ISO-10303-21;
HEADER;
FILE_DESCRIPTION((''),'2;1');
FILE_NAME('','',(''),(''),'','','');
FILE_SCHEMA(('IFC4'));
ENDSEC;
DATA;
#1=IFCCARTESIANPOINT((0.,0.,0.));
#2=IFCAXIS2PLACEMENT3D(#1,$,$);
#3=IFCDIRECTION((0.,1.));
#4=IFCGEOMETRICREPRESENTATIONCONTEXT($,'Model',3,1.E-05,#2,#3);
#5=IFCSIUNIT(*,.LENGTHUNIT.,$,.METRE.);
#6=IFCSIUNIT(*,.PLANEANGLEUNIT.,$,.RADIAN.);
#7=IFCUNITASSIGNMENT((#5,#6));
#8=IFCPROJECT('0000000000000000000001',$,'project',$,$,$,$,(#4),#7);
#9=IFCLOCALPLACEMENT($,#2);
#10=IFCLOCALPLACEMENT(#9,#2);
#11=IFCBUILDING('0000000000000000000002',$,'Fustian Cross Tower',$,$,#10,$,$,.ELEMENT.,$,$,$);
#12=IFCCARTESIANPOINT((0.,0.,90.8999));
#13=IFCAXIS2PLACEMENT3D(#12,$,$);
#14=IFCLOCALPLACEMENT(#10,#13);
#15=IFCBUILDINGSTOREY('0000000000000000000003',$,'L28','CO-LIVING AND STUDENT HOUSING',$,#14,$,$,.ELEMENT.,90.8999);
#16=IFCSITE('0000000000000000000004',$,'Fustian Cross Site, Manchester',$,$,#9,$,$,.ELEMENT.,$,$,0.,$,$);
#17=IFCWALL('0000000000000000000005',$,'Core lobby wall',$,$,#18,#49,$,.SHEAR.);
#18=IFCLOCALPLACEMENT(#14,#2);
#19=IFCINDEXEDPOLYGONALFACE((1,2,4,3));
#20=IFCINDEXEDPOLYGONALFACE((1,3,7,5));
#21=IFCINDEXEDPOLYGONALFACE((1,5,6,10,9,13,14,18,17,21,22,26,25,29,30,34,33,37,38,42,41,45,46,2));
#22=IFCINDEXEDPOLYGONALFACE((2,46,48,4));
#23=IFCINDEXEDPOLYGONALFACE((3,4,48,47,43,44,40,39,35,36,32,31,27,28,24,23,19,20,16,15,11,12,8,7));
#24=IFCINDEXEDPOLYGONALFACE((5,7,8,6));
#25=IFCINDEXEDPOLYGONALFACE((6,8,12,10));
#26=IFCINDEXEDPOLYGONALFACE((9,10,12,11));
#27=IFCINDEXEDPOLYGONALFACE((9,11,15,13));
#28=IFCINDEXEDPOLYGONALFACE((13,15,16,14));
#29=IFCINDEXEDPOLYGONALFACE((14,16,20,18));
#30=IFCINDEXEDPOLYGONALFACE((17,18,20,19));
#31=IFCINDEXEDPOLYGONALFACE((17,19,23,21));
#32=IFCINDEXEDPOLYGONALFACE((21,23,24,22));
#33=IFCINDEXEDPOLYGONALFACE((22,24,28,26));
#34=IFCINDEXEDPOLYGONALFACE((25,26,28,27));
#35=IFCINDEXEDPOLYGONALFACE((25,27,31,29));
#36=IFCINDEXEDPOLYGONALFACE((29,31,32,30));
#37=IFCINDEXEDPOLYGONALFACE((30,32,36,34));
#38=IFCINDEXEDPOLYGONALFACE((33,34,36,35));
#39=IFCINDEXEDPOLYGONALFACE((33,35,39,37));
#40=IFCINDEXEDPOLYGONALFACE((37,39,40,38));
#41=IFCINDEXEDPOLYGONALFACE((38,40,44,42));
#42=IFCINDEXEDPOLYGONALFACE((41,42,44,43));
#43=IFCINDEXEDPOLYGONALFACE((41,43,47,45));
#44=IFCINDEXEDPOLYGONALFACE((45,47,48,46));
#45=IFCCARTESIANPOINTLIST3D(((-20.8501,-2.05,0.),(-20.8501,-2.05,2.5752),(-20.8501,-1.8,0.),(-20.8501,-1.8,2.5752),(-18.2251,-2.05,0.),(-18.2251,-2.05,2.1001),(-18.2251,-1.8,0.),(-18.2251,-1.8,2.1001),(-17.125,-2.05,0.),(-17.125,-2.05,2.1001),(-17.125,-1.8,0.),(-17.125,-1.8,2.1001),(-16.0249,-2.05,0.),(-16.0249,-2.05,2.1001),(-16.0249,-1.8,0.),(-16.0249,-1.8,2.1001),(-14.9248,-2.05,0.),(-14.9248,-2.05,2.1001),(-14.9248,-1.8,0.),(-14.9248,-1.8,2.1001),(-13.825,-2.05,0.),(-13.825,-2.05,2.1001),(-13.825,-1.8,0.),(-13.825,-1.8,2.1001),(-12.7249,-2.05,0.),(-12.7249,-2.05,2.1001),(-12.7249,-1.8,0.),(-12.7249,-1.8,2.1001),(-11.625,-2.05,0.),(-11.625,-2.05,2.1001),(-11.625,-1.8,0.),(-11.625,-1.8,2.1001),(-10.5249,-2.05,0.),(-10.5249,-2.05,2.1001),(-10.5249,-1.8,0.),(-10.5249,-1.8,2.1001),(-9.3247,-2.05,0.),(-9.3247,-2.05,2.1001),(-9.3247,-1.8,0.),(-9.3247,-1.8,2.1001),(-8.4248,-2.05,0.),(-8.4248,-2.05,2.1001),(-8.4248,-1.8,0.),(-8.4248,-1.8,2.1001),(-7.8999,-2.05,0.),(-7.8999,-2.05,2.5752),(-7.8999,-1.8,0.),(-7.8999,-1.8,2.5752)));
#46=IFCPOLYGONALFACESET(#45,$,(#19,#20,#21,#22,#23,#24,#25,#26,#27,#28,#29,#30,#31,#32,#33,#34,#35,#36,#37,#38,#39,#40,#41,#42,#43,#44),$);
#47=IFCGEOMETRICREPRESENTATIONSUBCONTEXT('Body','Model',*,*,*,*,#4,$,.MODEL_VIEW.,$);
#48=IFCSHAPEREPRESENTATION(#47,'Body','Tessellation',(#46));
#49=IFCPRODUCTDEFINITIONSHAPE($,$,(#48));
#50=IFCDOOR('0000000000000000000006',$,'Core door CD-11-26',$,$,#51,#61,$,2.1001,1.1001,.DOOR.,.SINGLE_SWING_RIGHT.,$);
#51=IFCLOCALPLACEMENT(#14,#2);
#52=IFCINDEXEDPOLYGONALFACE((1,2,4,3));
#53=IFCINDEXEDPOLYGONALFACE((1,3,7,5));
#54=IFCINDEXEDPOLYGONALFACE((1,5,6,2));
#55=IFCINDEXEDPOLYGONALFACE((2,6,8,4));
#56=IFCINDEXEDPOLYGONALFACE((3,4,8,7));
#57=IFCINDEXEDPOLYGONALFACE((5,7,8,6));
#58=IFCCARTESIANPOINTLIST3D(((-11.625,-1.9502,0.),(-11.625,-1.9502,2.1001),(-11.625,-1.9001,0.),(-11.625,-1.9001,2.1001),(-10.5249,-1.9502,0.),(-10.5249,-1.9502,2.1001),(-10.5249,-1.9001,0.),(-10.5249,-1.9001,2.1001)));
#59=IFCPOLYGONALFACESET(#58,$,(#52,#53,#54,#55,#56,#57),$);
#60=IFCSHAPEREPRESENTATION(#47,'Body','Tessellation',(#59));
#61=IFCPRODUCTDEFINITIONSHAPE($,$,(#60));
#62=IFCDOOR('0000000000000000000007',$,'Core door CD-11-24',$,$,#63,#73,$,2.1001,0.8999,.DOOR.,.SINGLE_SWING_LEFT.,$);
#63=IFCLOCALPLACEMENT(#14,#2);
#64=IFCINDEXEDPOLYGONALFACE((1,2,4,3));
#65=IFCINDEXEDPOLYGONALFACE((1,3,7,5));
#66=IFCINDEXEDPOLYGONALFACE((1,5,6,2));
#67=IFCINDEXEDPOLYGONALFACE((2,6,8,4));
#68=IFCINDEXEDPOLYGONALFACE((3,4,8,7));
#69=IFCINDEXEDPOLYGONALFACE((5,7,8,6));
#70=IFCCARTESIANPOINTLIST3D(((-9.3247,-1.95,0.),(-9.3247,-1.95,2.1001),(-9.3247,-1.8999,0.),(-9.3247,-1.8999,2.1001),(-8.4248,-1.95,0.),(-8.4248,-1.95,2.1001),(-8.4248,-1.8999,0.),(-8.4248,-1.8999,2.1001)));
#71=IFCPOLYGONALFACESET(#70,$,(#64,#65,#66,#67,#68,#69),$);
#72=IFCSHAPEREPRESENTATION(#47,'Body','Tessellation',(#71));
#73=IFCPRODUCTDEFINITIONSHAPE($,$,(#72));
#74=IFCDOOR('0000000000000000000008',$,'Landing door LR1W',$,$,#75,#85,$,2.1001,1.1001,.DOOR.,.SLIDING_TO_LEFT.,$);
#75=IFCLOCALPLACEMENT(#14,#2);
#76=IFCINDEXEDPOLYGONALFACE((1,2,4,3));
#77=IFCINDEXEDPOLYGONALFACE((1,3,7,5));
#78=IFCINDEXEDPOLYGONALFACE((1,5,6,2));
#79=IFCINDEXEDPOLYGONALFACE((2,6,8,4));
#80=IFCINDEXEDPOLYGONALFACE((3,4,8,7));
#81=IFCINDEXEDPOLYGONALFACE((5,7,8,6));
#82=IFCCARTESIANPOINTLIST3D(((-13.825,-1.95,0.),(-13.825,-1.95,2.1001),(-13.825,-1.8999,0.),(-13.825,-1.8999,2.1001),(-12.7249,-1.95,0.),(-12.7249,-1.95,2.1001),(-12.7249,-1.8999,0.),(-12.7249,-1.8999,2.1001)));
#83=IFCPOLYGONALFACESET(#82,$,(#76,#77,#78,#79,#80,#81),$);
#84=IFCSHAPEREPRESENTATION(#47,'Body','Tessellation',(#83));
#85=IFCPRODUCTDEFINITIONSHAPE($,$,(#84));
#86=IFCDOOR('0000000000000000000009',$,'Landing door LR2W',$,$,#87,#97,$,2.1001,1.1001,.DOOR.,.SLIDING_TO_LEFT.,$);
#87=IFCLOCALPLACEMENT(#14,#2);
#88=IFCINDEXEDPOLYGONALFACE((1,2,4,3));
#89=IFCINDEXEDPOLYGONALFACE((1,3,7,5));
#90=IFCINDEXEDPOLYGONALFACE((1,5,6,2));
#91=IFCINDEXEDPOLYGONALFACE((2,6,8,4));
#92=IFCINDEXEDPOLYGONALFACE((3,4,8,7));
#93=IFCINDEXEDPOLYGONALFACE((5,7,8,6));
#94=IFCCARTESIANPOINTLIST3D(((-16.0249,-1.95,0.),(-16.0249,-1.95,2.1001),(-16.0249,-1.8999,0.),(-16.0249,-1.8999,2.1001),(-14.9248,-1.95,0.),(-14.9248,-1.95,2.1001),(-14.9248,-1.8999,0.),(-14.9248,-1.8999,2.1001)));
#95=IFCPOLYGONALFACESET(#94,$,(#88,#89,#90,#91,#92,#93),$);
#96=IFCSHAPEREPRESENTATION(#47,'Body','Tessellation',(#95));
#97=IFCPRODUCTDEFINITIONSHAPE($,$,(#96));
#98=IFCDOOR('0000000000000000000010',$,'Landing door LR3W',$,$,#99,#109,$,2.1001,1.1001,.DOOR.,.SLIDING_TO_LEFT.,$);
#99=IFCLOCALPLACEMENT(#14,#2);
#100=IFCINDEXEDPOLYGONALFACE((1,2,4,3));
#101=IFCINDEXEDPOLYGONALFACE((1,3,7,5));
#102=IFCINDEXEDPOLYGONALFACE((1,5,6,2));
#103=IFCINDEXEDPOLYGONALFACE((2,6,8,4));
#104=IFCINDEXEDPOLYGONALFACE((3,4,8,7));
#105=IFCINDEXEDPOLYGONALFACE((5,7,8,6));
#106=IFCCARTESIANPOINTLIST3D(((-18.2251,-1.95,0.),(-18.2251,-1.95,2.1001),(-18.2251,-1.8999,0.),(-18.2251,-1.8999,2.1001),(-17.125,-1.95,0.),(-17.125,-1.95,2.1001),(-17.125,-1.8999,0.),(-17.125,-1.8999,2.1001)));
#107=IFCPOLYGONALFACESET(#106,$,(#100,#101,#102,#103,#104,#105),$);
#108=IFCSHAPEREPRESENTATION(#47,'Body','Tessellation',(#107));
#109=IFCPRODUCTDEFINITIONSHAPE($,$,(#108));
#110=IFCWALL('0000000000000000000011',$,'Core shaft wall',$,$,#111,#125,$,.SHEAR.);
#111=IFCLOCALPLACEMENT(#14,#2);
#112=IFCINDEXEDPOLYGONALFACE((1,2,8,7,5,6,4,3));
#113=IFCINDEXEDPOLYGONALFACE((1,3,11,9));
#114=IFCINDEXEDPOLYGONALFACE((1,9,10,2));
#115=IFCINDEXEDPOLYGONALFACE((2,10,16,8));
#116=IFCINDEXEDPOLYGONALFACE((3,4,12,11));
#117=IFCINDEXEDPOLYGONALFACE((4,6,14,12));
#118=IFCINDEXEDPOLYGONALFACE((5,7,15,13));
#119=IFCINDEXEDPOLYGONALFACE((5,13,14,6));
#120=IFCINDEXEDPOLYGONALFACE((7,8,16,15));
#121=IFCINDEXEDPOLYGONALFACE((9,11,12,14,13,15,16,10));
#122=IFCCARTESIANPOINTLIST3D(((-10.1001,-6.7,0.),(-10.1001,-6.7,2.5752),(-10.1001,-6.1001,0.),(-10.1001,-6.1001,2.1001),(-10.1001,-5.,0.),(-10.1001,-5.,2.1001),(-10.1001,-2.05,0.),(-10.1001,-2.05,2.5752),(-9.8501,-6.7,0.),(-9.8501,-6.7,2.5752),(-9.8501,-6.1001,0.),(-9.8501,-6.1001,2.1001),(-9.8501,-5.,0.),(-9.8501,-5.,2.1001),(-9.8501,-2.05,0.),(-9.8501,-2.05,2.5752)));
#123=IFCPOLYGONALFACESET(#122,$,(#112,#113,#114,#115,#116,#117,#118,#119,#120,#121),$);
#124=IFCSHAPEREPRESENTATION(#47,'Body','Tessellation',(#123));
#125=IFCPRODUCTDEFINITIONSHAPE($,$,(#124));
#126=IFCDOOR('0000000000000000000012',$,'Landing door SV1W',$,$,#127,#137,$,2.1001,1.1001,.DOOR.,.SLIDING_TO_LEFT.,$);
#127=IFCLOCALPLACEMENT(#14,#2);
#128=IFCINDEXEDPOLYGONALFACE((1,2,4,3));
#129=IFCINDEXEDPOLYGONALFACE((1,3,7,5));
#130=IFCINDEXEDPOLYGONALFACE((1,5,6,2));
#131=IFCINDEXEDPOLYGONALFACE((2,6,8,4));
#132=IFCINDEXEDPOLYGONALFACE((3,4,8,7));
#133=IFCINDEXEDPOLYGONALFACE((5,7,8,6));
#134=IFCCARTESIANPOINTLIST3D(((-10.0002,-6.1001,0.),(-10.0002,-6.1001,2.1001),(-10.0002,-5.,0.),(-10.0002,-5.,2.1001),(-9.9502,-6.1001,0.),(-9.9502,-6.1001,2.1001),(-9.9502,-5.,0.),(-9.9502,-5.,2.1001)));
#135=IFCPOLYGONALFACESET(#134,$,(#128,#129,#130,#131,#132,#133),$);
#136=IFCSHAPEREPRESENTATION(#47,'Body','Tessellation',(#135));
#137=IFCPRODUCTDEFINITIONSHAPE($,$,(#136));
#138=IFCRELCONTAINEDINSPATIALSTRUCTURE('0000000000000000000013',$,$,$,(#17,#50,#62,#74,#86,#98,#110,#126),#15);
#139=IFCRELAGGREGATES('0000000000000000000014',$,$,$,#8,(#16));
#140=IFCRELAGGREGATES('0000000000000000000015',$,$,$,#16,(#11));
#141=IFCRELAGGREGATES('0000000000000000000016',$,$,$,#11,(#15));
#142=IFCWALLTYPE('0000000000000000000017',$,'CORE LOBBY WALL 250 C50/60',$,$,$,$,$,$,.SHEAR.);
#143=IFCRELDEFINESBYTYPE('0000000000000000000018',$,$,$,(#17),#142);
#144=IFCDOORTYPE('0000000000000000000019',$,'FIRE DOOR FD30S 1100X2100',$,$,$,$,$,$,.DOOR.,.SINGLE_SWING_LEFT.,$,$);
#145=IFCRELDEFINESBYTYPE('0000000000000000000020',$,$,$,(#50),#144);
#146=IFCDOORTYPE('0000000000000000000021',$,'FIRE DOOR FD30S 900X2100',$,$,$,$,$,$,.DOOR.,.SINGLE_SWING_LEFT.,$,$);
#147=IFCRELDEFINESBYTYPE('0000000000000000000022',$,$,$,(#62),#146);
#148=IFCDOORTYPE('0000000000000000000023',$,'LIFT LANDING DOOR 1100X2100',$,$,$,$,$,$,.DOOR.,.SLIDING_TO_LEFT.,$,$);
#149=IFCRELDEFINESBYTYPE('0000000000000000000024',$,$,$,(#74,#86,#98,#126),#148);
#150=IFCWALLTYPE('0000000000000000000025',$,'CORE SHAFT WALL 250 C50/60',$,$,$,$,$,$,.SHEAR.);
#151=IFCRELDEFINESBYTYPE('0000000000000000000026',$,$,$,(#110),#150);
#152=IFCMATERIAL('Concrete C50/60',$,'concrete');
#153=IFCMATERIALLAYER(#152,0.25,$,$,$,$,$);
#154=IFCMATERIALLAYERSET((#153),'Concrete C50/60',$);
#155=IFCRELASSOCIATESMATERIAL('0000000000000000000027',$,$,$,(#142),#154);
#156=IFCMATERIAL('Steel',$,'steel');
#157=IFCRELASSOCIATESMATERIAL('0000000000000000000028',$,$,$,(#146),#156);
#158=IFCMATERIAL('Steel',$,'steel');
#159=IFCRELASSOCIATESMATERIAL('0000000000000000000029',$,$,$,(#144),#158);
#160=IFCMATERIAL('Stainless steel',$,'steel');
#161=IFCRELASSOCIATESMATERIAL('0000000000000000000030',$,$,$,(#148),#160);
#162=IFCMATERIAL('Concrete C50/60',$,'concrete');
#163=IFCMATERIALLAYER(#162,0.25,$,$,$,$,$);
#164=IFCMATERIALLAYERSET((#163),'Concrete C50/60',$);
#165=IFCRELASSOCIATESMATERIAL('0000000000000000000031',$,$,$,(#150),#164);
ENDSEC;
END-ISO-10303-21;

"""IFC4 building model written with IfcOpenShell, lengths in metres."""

from ifc_helpers import new_model, si_unit, direction, frame, frame_2d, origin, place, context, subcontext, project, spatial, rectangle, extrude, material, layer, layer_set, type_object, element, fill, save


model = new_model("IFC4")

# Units and contexts
model_context = context("Model", 3, precision=1e-05, world=origin(), true_north=direction((0.0, 1.0)))
body_context = subcontext(model_context, "Body", "Model", "MODEL_VIEW")
ifc_project = project(units=[si_unit("LENGTHUNIT", "METRE"), si_unit("PLANEANGLEUNIT", "RADIAN")], contexts=[model_context])

# Site, building, storey
site_placement = place(None, origin())
site = spatial("IfcSite", under=ifc_project, at=site_placement, Name="Fustian Cross Site, Manchester", CompositionType="ELEMENT", RefElevation=0.0)
building_placement = place(site_placement, origin())
building = spatial("IfcBuilding", under=site, at=building_placement, Name="Fustian Cross Tower", CompositionType="ELEMENT")
storey_placement = place(building_placement, frame((0.0, 0.0, 90.8999)))
storey = spatial("IfcBuildingStorey", under=building, at=storey_placement, Name="L28", Description="CO-LIVING AND STUDENT HOUSING", CompositionType="ELEMENT", Elevation=90.8999)

# Wall, openings, doors
ifc_material_1 = material(Name="Concrete C50/60", Category="concrete")
ifc_layer_1 = layer(ifc_material_1, 0.25)
ifc_layer_set_1 = layer_set([ifc_layer_1], Name="Concrete C50/60")
wall_type_1 = type_object("IfcWallType", Name="CORE LOBBY WALL 250 C50/60", PredefinedType="SHEAR", material=ifc_layer_set_1)
ifc_material_2 = material(Name="Steel", Category="steel")
door_type_1 = type_object("IfcDoorType", Name="FIRE DOOR FD30S 900X2100", OperationType="SINGLE_SWING_LEFT", PredefinedType="DOOR", material=ifc_material_2)
wall_1_placement = place(storey_placement, frame((-7.8999, -1.925, 0.0), z_axis=(0.0, 0.0, 1.0), x_axis=(-1.0, 0.0, 0.0)))
wall_1 = element("IfcWall", 1, at=wall_1_placement, inside=storey, type_object=wall_type_1, Name="Core lobby wall", PredefinedType="SHEAR", context=body_context, shape_type="SweptSolid", body=[
    extrude(rectangle(XDim=12.9502, YDim=0.25, at=frame_2d((6.4751, 0.0))), origin(), (0.0, 0.0, 1.0), 2.5752),
])
opening_1_placement = place(wall_1_placement, frame((4.825, 0.0, 0.0)))
opening_1 = element("IfcOpeningElement", 2, at=opening_1_placement, cuts=wall_1, PredefinedType="OPENING", context=body_context, shape_type="SweptSolid", body=[
    extrude(rectangle(XDim=1.1001, YDim=2.1001, at=frame_2d((0.55, 1.05))), frame((0.0, 0.135, 0.0), z_axis=(0.0, -1.0, 0.0), x_axis=(1.0, 0.0, 0.0)), (0.0, 0.0, 1.0), 0.27),
])
opening_2_placement = place(wall_1_placement, frame((7.0249, 0.0, 0.0)))
opening_2 = element("IfcOpeningElement", 3, at=opening_2_placement, cuts=wall_1, PredefinedType="OPENING", context=body_context, shape_type="SweptSolid", body=[
    extrude(rectangle(XDim=1.1001, YDim=2.1001, at=frame_2d((0.55, 1.05))), frame((0.0, 0.135, 0.0), z_axis=(0.0, -1.0, 0.0), x_axis=(1.0, 0.0, 0.0)), (0.0, 0.0, 1.0), 0.27),
])
opening_3_placement = place(wall_1_placement, frame((9.2251, 0.0, 0.0)))
opening_3 = element("IfcOpeningElement", 4, at=opening_3_placement, cuts=wall_1, PredefinedType="OPENING", context=body_context, shape_type="SweptSolid", body=[
    extrude(rectangle(XDim=1.1001, YDim=2.1001, at=frame_2d((0.55, 1.05))), frame((0.0, 0.135, 0.0), z_axis=(0.0, -1.0, 0.0), x_axis=(1.0, 0.0, 0.0)), (0.0, 0.0, 1.0), 0.27),
])
opening_4_placement = place(wall_1_placement, frame((0.5249, 0.0, 0.0)))
opening_4 = element("IfcOpeningElement", 5, at=opening_4_placement, cuts=wall_1, PredefinedType="OPENING", context=body_context, shape_type="SweptSolid", body=[
    extrude(rectangle(XDim=0.8999, YDim=2.1001, at=frame_2d((0.45, 1.05))), frame((0.0, 0.135, 0.0), z_axis=(0.0, -1.0, 0.0), x_axis=(1.0, 0.0, 0.0)), (0.0, 0.0, 1.0), 0.27),
])
opening_5_placement = place(wall_1_placement, frame((2.625, 0.0, 0.0)))
opening_5 = element("IfcOpeningElement", 6, at=opening_5_placement, cuts=wall_1, PredefinedType="OPENING", context=body_context, shape_type="SweptSolid", body=[
    extrude(rectangle(XDim=1.1001, YDim=2.1001, at=frame_2d((0.55, 1.05))), frame((0.0, 0.135, 0.0), z_axis=(0.0, -1.0, 0.0), x_axis=(1.0, 0.0, 0.0)), (0.0, 0.0, 1.0), 0.27),
])
ifc_material_3 = material(Name="Steel", Category="steel")
door_type_2 = type_object("IfcDoorType", Name="FIRE DOOR FD30S 1100X2100", OperationType="SINGLE_SWING_LEFT", PredefinedType="DOOR", material=ifc_material_3)
door_1_placement = place(opening_5_placement, frame((1.1001, 0.0, 0.0), z_axis=(0.0, 0.0, 1.0), x_axis=(-1.0, 0.0, 0.0)))
door_1 = element("IfcDoor", 7, at=door_1_placement, inside=storey, type_object=door_type_2, Name="Core door CD-11-26", OperationType="SINGLE_SWING_RIGHT", OverallHeight=2.1001, OverallWidth=1.1001, PredefinedType="DOOR", context=body_context, shape_type="SweptSolid", body=[
    extrude(rectangle(XDim=1.1001, YDim=2.1001, at=frame_2d((0.55, 1.05))), frame((0.0, 0.0249, 0.0), z_axis=(0.0, -1.0, 0.0), x_axis=(1.0, 0.0, 0.0)), (0.0, 0.0, 1.0), 0.05),
])
fill(opening_5, door_1)
door_2_placement = place(opening_4_placement, origin())
door_2 = element("IfcDoor", 8, at=door_2_placement, inside=storey, type_object=door_type_1, Name="Core door CD-11-24", OperationType="SINGLE_SWING_LEFT", OverallHeight=2.1001, OverallWidth=0.8999, PredefinedType="DOOR", context=body_context, shape_type="SweptSolid", body=[
    extrude(rectangle(XDim=0.8999, YDim=2.1001, at=frame_2d((0.45, 1.05))), frame((0.0, 0.0249, 0.0), z_axis=(0.0, -1.0, 0.0), x_axis=(1.0, 0.0, 0.0)), (0.0, 0.0, 1.0), 0.05),
])
fill(opening_4, door_2)
ifc_material_4 = material(Name="Stainless steel", Category="steel")
door_type_3 = type_object("IfcDoorType", Name="LIFT LANDING DOOR 1100X2100", OperationType="SLIDING_TO_LEFT", PredefinedType="DOOR", material=ifc_material_4)
door_3_placement = place(opening_1_placement, origin())
door_3 = element("IfcDoor", 9, at=door_3_placement, inside=storey, type_object=door_type_3, Name="Landing door LR1W", OperationType="SLIDING_TO_LEFT", OverallHeight=2.1001, OverallWidth=1.1001, PredefinedType="DOOR", context=body_context, shape_type="SweptSolid", body=[
    extrude(rectangle(XDim=1.1001, YDim=2.1001, at=frame_2d((0.55, 1.05))), frame((0.0, 0.0249, 0.0), z_axis=(0.0, -1.0, 0.0), x_axis=(1.0, 0.0, 0.0)), (0.0, 0.0, 1.0), 0.05),
])
fill(opening_1, door_3)
door_4_placement = place(opening_2_placement, origin())
door_4 = element("IfcDoor", 10, at=door_4_placement, inside=storey, type_object=door_type_3, Name="Landing door LR2W", OperationType="SLIDING_TO_LEFT", OverallHeight=2.1001, OverallWidth=1.1001, PredefinedType="DOOR", context=body_context, shape_type="SweptSolid", body=[
    extrude(rectangle(XDim=1.1001, YDim=2.1001, at=frame_2d((0.55, 1.05))), frame((0.0, 0.0249, 0.0), z_axis=(0.0, -1.0, 0.0), x_axis=(1.0, 0.0, 0.0)), (0.0, 0.0, 1.0), 0.05),
])
fill(opening_2, door_4)
door_5_placement = place(opening_3_placement, origin())
door_5 = element("IfcDoor", 11, at=door_5_placement, inside=storey, type_object=door_type_3, Name="Landing door LR3W", OperationType="SLIDING_TO_LEFT", OverallHeight=2.1001, OverallWidth=1.1001, PredefinedType="DOOR", context=body_context, shape_type="SweptSolid", body=[
    extrude(rectangle(XDim=1.1001, YDim=2.1001, at=frame_2d((0.55, 1.05))), frame((0.0, 0.0249, 0.0), z_axis=(0.0, -1.0, 0.0), x_axis=(1.0, 0.0, 0.0)), (0.0, 0.0, 1.0), 0.05),
])
fill(opening_3, door_5)

# Wall, opening, door
ifc_material_5 = material(Name="Concrete C50/60", Category="concrete")
ifc_layer_2 = layer(ifc_material_5, 0.25)
ifc_layer_set_2 = layer_set([ifc_layer_2], Name="Concrete C50/60")
wall_type_2 = type_object("IfcWallType", Name="CORE SHAFT WALL 250 C50/60", PredefinedType="SHEAR", material=ifc_layer_set_2)
wall_2_placement = place(storey_placement, frame((-9.9751, -2.05, 0.0), z_axis=(0.0, 0.0, 1.0), x_axis=(0.0, -1.0, 0.0)))
wall_2 = element("IfcWall", 12, at=wall_2_placement, inside=storey, type_object=wall_type_2, Name="Core shaft wall", PredefinedType="SHEAR", context=body_context, shape_type="SweptSolid", body=[
    extrude(rectangle(XDim=4.6499, YDim=0.25, at=frame_2d((2.325, 0.0))), origin(), (0.0, 0.0, 1.0), 2.5752),
])
opening_6_placement = place(wall_2_placement, frame((2.95, 0.0, 0.0)))
opening_6 = element("IfcOpeningElement", 13, at=opening_6_placement, cuts=wall_2, PredefinedType="OPENING", context=body_context, shape_type="SweptSolid", body=[
    extrude(rectangle(XDim=1.1001, YDim=2.1001, at=frame_2d((0.55, 1.05))), frame((0.0, 0.135, 0.0), z_axis=(0.0, -1.0, 0.0), x_axis=(1.0, 0.0, 0.0)), (0.0, 0.0, 1.0), 0.27),
])
door_6_placement = place(opening_6_placement, origin())
door_6 = element("IfcDoor", 14, at=door_6_placement, inside=storey, type_object=door_type_3, Name="Landing door SV1W", OperationType="SLIDING_TO_LEFT", OverallHeight=2.1001, OverallWidth=1.1001, PredefinedType="DOOR", context=body_context, shape_type="SweptSolid", body=[
    extrude(rectangle(XDim=1.1001, YDim=2.1001, at=frame_2d((0.55, 1.05))), frame((0.0, 0.0249, 0.0), z_axis=(0.0, -1.0, 0.0), x_axis=(1.0, 0.0, 0.0)), (0.0, 0.0, 1.0), 0.05),
])
fill(opening_6, door_6)

save(model, "model.ifc")
